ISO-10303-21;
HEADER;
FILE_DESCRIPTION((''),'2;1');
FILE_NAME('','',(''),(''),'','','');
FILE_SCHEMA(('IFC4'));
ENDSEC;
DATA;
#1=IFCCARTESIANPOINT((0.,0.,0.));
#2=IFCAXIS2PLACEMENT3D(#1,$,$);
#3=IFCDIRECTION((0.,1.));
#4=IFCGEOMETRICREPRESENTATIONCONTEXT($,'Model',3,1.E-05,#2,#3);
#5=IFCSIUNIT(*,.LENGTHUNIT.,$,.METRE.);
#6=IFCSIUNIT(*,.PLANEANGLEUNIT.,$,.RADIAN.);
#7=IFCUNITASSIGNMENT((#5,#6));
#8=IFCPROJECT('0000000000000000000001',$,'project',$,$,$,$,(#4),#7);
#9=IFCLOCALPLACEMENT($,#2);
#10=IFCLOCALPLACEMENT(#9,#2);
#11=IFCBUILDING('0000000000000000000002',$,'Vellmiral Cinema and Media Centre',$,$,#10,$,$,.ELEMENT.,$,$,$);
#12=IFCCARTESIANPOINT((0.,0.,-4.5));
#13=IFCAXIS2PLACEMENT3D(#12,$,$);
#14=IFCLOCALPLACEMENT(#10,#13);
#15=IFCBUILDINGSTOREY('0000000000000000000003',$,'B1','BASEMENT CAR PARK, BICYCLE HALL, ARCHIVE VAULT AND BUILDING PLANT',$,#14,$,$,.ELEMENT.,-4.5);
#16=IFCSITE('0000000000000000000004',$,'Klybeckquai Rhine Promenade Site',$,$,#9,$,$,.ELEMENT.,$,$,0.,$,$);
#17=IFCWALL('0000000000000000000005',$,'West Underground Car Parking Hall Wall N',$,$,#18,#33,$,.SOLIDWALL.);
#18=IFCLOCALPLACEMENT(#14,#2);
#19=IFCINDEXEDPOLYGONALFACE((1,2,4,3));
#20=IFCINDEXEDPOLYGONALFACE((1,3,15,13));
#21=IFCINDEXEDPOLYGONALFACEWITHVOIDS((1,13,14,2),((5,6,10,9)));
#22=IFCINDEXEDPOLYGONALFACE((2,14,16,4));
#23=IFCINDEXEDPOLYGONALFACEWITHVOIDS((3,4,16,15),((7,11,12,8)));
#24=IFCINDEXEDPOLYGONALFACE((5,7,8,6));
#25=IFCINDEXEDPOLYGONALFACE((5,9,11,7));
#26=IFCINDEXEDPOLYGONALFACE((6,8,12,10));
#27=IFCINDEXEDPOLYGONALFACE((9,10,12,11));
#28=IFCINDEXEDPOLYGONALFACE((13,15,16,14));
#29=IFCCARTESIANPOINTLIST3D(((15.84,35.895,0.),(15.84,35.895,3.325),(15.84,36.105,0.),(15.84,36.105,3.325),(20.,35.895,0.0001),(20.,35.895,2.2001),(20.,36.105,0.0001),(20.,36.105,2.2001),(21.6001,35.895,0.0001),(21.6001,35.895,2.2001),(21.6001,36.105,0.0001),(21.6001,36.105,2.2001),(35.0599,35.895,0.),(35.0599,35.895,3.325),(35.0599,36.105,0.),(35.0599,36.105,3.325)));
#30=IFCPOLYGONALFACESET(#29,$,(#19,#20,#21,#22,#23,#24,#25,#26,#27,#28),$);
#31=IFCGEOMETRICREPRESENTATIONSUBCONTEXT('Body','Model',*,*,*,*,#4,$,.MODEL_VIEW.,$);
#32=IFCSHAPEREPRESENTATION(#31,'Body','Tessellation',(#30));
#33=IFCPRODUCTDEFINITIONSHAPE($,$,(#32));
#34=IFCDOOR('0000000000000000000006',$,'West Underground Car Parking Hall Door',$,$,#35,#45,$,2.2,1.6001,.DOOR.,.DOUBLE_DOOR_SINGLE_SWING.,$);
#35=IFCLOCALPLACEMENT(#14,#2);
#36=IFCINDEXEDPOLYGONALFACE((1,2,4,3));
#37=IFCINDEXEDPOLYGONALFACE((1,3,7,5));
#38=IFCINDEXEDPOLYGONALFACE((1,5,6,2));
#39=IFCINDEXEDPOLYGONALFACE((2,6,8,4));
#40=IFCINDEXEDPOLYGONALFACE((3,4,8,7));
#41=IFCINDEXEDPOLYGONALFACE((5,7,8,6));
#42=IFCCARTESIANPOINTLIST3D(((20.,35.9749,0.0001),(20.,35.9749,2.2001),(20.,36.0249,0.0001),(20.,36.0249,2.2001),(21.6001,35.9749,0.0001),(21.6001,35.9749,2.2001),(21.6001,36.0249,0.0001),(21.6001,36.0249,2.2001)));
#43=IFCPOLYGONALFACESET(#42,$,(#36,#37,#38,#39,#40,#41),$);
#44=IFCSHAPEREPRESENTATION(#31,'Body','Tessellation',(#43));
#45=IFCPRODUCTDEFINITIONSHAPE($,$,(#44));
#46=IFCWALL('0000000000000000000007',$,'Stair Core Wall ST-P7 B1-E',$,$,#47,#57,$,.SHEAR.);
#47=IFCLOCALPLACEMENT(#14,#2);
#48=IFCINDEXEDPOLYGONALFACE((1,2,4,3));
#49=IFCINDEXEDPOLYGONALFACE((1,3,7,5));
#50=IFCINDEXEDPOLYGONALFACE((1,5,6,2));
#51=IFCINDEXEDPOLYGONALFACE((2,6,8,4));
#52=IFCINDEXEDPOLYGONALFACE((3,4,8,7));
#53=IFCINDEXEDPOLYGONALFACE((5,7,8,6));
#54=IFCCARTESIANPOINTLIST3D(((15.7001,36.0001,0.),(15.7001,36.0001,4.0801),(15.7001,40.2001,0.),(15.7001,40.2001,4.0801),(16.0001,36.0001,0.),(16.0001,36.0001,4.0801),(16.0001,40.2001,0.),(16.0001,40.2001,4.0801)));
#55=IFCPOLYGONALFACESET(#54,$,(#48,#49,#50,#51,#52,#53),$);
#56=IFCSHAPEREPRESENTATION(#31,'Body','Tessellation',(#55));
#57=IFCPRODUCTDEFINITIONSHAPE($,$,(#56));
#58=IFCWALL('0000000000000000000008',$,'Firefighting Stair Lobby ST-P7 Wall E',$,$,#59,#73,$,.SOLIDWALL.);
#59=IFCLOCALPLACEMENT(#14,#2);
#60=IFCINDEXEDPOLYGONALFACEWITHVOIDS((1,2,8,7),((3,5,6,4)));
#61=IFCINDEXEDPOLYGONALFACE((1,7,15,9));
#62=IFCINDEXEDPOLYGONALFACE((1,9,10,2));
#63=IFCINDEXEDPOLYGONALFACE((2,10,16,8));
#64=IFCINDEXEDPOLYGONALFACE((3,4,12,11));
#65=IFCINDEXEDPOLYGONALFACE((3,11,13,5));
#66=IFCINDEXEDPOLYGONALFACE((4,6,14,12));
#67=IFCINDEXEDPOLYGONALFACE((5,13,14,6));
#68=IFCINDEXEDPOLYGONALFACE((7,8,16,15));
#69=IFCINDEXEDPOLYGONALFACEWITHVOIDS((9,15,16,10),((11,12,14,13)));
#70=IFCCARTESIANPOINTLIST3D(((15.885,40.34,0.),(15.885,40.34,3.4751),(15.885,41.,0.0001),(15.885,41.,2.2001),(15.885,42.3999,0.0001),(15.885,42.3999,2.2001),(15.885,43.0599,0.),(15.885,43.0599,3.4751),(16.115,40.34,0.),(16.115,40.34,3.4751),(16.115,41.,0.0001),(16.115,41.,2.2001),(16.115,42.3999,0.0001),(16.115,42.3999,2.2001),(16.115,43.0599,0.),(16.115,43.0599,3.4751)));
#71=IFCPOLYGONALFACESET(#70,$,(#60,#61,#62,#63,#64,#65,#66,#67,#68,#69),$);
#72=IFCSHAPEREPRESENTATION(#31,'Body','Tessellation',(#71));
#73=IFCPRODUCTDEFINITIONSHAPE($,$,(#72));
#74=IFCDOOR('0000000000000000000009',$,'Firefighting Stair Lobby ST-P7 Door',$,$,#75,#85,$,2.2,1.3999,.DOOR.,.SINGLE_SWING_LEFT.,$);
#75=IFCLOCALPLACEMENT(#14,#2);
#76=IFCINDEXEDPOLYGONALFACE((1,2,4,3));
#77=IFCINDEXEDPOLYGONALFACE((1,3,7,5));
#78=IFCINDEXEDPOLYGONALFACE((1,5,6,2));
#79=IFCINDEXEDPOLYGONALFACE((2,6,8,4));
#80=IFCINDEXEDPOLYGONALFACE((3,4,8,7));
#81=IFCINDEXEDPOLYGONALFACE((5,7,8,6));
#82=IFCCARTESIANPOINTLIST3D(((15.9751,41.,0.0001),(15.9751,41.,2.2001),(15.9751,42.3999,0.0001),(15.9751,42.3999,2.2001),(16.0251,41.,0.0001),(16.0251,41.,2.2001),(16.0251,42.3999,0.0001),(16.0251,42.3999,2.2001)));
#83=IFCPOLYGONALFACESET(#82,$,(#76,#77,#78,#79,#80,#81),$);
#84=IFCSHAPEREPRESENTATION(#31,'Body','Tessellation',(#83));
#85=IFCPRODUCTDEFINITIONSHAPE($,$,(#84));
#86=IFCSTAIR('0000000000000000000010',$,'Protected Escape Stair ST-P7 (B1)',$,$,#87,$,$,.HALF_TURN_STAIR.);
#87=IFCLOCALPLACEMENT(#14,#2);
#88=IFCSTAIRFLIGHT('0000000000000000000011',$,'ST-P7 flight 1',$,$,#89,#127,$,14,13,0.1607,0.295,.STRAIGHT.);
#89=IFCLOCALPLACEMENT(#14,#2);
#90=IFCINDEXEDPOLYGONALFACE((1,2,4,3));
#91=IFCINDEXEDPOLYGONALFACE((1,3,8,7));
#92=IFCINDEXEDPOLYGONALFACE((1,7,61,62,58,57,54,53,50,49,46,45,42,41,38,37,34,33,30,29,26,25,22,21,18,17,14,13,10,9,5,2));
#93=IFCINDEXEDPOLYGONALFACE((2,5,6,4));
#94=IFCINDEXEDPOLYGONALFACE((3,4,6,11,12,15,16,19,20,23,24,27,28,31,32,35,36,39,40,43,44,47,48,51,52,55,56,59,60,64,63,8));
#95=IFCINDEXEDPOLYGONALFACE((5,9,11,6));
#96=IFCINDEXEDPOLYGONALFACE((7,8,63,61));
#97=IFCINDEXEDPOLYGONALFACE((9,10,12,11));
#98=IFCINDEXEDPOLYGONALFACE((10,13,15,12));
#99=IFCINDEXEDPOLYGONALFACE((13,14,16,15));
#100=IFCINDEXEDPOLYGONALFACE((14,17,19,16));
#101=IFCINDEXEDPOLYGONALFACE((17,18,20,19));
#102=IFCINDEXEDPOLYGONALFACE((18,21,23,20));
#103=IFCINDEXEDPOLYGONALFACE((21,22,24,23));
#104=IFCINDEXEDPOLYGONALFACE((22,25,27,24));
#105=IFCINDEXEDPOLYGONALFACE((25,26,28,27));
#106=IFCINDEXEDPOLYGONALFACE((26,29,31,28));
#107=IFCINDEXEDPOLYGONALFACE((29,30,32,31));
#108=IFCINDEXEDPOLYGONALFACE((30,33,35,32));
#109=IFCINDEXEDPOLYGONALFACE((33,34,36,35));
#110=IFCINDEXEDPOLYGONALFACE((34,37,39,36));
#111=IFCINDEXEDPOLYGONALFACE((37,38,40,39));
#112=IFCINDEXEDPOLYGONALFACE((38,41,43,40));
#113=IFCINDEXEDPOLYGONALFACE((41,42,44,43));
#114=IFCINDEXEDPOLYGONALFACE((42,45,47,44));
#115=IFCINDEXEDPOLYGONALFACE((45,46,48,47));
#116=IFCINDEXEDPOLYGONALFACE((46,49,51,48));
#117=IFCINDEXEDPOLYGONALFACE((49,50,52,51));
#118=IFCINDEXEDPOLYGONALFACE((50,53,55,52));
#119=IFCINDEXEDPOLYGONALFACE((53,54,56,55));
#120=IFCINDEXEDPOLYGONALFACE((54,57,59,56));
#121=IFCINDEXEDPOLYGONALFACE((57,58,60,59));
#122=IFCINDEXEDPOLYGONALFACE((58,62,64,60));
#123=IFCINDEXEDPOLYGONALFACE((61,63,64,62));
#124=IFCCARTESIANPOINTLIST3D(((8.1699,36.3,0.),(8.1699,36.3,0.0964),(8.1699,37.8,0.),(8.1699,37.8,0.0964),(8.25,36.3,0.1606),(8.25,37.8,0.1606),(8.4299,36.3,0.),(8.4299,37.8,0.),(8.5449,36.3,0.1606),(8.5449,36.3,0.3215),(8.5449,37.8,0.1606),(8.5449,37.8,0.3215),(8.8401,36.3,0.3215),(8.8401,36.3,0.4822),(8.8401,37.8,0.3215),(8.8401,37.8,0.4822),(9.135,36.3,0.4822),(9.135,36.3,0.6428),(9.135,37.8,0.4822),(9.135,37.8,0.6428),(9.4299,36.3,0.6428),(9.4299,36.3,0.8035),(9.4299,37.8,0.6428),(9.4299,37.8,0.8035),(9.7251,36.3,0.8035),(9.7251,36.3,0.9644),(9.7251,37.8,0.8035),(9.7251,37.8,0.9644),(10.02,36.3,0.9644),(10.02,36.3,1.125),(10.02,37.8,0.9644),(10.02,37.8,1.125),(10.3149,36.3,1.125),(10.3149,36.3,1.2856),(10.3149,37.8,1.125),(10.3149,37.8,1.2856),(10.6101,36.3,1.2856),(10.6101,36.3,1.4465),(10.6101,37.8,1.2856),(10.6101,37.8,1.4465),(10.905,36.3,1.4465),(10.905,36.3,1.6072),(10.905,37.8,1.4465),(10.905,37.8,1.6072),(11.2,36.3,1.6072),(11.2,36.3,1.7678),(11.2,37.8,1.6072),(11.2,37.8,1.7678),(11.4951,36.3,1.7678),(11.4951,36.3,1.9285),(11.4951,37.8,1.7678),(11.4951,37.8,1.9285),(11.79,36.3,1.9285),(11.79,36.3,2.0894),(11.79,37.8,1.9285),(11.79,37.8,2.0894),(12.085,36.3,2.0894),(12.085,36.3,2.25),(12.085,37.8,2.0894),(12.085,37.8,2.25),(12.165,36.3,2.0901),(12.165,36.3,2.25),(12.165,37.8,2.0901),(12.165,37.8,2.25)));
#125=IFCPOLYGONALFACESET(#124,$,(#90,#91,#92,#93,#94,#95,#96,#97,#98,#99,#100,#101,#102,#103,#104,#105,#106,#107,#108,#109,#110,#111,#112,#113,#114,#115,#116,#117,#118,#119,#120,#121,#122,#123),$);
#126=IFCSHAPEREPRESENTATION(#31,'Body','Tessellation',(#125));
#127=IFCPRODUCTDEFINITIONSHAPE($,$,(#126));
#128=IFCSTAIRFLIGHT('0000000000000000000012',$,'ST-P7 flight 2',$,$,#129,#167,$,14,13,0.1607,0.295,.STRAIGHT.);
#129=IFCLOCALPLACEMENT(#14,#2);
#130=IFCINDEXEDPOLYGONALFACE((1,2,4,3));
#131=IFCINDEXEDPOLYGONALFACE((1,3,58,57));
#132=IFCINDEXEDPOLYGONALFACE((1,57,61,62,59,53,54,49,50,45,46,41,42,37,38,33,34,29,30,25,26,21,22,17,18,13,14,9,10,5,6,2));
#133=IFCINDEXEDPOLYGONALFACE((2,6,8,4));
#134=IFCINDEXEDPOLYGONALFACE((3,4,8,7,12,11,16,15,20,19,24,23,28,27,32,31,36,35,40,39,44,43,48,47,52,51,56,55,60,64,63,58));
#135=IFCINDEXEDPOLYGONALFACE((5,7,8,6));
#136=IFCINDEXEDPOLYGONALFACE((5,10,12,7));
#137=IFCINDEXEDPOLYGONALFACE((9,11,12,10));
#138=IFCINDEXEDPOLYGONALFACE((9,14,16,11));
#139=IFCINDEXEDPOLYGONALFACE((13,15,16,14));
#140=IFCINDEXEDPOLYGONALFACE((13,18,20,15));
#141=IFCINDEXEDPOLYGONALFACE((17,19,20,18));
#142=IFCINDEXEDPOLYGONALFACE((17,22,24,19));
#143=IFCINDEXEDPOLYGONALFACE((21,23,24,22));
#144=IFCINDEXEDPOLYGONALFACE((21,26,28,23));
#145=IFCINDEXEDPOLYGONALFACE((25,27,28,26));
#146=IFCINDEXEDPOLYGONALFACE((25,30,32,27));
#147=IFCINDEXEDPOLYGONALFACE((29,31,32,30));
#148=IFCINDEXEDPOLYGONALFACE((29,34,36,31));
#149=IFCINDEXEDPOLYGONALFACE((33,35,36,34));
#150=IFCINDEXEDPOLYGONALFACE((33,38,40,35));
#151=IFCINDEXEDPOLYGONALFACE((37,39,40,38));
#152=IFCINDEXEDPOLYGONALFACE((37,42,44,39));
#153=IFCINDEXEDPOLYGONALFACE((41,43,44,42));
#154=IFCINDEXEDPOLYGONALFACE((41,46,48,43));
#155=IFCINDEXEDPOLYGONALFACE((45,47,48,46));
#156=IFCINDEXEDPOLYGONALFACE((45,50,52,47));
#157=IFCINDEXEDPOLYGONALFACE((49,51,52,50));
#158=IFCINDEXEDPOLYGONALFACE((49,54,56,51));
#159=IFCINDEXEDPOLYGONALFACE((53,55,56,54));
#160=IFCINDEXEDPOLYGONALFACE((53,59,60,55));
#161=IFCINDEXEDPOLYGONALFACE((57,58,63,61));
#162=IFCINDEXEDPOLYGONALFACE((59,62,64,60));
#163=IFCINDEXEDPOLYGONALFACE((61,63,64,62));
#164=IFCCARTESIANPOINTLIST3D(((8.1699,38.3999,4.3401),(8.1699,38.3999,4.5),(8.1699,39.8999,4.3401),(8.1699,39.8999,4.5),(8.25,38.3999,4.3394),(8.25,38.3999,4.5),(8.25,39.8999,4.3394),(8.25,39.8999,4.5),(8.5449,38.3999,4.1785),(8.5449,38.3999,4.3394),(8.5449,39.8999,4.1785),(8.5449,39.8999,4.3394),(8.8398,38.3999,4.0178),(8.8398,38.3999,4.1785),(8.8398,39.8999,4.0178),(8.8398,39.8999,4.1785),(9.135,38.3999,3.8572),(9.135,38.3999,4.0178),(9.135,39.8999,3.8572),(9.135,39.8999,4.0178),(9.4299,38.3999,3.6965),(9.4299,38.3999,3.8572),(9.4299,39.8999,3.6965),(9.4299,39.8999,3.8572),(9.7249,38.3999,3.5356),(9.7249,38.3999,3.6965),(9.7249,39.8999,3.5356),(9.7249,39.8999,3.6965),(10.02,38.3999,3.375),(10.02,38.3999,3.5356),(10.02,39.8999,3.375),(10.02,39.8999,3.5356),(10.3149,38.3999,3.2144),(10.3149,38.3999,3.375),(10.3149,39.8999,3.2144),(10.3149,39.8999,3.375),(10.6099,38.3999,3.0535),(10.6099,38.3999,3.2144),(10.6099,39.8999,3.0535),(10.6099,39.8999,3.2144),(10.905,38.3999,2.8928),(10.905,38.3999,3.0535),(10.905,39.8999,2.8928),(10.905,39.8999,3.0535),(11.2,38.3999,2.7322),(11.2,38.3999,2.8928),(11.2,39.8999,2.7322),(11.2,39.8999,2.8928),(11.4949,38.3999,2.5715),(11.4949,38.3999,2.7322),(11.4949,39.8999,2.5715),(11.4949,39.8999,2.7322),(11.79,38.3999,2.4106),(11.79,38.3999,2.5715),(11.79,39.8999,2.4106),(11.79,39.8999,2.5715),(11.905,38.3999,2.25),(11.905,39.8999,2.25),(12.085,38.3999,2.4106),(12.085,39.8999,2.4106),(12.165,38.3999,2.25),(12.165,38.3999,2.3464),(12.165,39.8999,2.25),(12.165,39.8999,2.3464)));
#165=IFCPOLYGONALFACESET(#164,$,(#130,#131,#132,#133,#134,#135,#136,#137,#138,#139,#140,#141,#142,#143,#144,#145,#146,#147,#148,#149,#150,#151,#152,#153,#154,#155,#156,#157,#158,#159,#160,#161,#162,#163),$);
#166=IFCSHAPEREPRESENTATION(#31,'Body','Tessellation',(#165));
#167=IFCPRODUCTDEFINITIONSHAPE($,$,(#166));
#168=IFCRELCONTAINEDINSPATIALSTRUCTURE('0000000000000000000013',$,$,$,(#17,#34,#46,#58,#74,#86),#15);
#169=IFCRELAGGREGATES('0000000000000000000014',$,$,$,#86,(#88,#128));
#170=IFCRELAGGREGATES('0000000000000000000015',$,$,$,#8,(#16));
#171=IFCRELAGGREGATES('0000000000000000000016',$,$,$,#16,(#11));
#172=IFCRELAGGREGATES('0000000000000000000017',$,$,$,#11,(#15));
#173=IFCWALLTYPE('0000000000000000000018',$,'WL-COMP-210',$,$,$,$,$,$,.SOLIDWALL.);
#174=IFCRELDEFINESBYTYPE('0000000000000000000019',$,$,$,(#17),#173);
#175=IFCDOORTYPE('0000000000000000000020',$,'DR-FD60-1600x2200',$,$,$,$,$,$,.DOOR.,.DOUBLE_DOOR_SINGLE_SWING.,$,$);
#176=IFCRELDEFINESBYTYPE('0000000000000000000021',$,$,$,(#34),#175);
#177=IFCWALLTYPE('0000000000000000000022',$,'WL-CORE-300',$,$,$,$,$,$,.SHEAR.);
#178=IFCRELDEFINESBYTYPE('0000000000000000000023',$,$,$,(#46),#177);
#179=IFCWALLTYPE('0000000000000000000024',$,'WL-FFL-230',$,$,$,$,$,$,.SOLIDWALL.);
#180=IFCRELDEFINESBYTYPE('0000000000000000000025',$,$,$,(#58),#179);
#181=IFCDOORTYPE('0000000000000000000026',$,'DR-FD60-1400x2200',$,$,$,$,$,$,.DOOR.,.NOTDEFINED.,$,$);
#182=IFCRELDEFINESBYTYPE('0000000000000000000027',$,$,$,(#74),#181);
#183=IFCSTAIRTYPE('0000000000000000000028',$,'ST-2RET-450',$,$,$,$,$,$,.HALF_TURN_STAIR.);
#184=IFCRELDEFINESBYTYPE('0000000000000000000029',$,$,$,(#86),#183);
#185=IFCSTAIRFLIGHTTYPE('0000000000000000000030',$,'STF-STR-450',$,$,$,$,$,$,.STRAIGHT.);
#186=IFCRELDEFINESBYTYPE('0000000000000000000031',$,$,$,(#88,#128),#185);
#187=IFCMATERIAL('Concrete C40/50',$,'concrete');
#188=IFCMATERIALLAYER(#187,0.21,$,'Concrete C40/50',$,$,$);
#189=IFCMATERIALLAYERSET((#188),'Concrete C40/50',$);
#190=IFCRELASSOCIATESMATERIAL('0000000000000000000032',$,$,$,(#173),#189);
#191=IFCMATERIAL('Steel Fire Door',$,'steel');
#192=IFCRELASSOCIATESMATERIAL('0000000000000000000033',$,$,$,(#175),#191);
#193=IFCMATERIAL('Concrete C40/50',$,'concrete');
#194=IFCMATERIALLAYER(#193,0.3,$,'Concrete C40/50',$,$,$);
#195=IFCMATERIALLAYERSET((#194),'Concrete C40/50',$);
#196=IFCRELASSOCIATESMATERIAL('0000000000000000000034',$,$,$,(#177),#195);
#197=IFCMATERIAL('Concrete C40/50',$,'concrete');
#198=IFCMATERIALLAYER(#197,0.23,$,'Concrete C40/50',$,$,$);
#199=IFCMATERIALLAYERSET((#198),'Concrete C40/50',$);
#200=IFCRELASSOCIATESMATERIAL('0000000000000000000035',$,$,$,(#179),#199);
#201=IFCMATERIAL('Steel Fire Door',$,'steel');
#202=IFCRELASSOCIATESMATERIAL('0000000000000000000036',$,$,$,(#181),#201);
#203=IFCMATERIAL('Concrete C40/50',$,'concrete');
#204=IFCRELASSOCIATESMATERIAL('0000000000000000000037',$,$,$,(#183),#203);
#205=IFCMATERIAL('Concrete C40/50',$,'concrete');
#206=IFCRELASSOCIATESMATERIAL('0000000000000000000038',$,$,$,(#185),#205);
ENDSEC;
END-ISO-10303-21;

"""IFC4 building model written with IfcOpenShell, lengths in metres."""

from ifc_helpers import new_model, si_unit, direction, frame, frame_2d, origin, place, context, subcontext, project, spatial, polyline, rectangle, outline, extrude, material, layer, layer_set, type_object, element, fill, aggregate, save


model = new_model("IFC4")

# Units and contexts
model_context = context("Model", 3, precision=1e-05, world=origin(), true_north=direction((0.0, 1.0)))
body_context = subcontext(model_context, "Body", "Model", "MODEL_VIEW")
ifc_project = project(units=[si_unit("LENGTHUNIT", "METRE"), si_unit("PLANEANGLEUNIT", "RADIAN")], contexts=[model_context])

# Site, building, storey
site_placement = place(None, origin())
site = spatial("IfcSite", under=ifc_project, at=site_placement, Name="Klybeckquai Rhine Promenade Site", CompositionType="ELEMENT", RefElevation=0.0)
building_placement = place(site_placement, origin())
building = spatial("IfcBuilding", under=site, at=building_placement, Name="Vellmiral Cinema and Media Centre", CompositionType="ELEMENT")
storey_placement = place(building_placement, frame((0.0, 0.0, -4.5)))
storey = spatial("IfcBuildingStorey", under=building, at=storey_placement, Name="B1", Description="BASEMENT CAR PARK, BICYCLE HALL, ARCHIVE VAULT AND BUILDING PLANT", CompositionType="ELEMENT", Elevation=-4.5)

# Wall, opening, door
ifc_material_1 = material(Name="Concrete C40/50", Category="concrete")
ifc_layer_1 = layer(ifc_material_1, 0.21, Name="Concrete C40/50")
ifc_layer_set_1 = layer_set([ifc_layer_1], Name="Concrete C40/50")
wall_type_1 = type_object("IfcWallType", Name="WL-COMP-210", PredefinedType="SOLIDWALL", material=ifc_layer_set_1)
wall_1_placement = place(storey_placement, frame((15.8401, 36.0, 0.0), z_axis=(0.0, 0.0, 1.0), x_axis=(1.0, 0.0, 0.0)))
wall_1 = element("IfcWall", 1, at=wall_1_placement, inside=storey, type_object=wall_type_1, Name="West Underground Car Parking Hall Wall N", PredefinedType="SOLIDWALL", context=body_context, shape_type="SweptSolid", body=[
    extrude(rectangle(XDim=19.22, YDim=0.21, at=frame_2d((9.6099, 0.0))), origin(), (0.0, 0.0, 1.0), 3.325),
])
opening_1_placement = place(wall_1_placement, frame((4.1599, 0.0, 0.0)))
opening_1 = element("IfcOpeningElement", 2, at=opening_1_placement, cuts=wall_1, PredefinedType="OPENING", context=body_context, shape_type="SweptSolid", body=[
    extrude(rectangle(XDim=1.6001, YDim=2.2, at=frame_2d((0.8, 1.1001))), frame((0.0, 0.1169, 0.0), z_axis=(0.0, -1.0, 0.0), x_axis=(1.0, 0.0, 0.0)), (0.0, 0.0, 1.0), 0.2339),
])
ifc_material_2 = material(Name="Steel Fire Door", Category="steel")
door_type_1 = type_object("IfcDoorType", Name="DR-FD60-1600x2200", OperationType="DOUBLE_DOOR_SINGLE_SWING", PredefinedType="DOOR", material=ifc_material_2)
door_1_placement = place(opening_1_placement, origin())
door_1 = element("IfcDoor", 3, at=door_1_placement, inside=storey, type_object=door_type_1, Name="West Underground Car Parking Hall Door", OperationType="DOUBLE_DOOR_SINGLE_SWING", OverallHeight=2.2, OverallWidth=1.6001, PredefinedType="DOOR", context=body_context, shape_type="SweptSolid", body=[
    extrude(rectangle(XDim=1.6001, YDim=2.2, at=frame_2d((0.8, 1.1001))), frame((0.0, 0.0249, 0.0), z_axis=(0.0, -1.0, 0.0), x_axis=(1.0, 0.0, 0.0)), (0.0, 0.0, 1.0), 0.05),
])
fill(opening_1, door_1)

# Wall
ifc_material_3 = material(Name="Concrete C40/50", Category="concrete")
ifc_layer_2 = layer(ifc_material_3, 0.3, Name="Concrete C40/50")
ifc_layer_set_2 = layer_set([ifc_layer_2], Name="Concrete C40/50")
wall_type_2 = type_object("IfcWallType", Name="WL-CORE-300", PredefinedType="SHEAR", material=ifc_layer_set_2)
wall_2_placement = place(storey_placement, frame((15.8501, 36.0, 0.0), z_axis=(0.0, 0.0, 1.0), x_axis=(0.0, 1.0, 0.0)))
element("IfcWall", 4, at=wall_2_placement, inside=storey, type_object=wall_type_2, Name="Stair Core Wall ST-P7 B1-E", PredefinedType="SHEAR", context=body_context, shape_type="SweptSolid", body=[
    extrude(rectangle(XDim=4.2, YDim=0.3, at=frame_2d((2.1001, 0.0))), origin(), (0.0, 0.0, 1.0), 4.0801),
])

# Wall, opening, door
ifc_material_4 = material(Name="Concrete C40/50", Category="concrete")
ifc_layer_3 = layer(ifc_material_4, 0.23, Name="Concrete C40/50")
ifc_layer_set_3 = layer_set([ifc_layer_3], Name="Concrete C40/50")
wall_type_3 = type_object("IfcWallType", Name="WL-FFL-230", PredefinedType="SOLIDWALL", material=ifc_layer_set_3)
wall_3_placement = place(storey_placement, frame((16.0, 40.3401, 0.0), z_axis=(0.0, 0.0, 1.0), x_axis=(0.0, 1.0, 0.0)))
wall_3 = element("IfcWall", 5, at=wall_3_placement, inside=storey, type_object=wall_type_3, Name="Firefighting Stair Lobby ST-P7 Wall E", PredefinedType="SOLIDWALL", context=body_context, shape_type="SweptSolid", body=[
    extrude(rectangle(XDim=2.72, YDim=0.23, at=frame_2d((1.3599, 0.0))), origin(), (0.0, 0.0, 1.0), 3.4751),
])
opening_2_placement = place(wall_3_placement, frame((0.6599, 0.0, 0.0)))
opening_2 = element("IfcOpeningElement", 6, at=opening_2_placement, cuts=wall_3, PredefinedType="OPENING", context=body_context, shape_type="SweptSolid", body=[
    extrude(rectangle(XDim=1.3999, YDim=2.2, at=frame_2d((0.7, 1.1001))), frame((0.0, 0.127, 0.0), z_axis=(0.0, -1.0, 0.0), x_axis=(1.0, 0.0, 0.0)), (0.0, 0.0, 1.0), 0.2539),
])
ifc_material_5 = material(Name="Steel Fire Door", Category="steel")
door_type_2 = type_object("IfcDoorType", Name="DR-FD60-1400x2200", OperationType="NOTDEFINED", PredefinedType="DOOR", material=ifc_material_5)
door_2_placement = place(opening_2_placement, origin())
door_2 = element("IfcDoor", 7, at=door_2_placement, inside=storey, type_object=door_type_2, Name="Firefighting Stair Lobby ST-P7 Door", OperationType="SINGLE_SWING_LEFT", OverallHeight=2.2, OverallWidth=1.3999, PredefinedType="DOOR", context=body_context, shape_type="SweptSolid", body=[
    extrude(rectangle(XDim=1.3999, YDim=2.2, at=frame_2d((0.7, 1.1001))), frame((0.0, 0.0249, 0.0), z_axis=(0.0, -1.0, 0.0), x_axis=(1.0, 0.0, 0.0)), (0.0, 0.0, 1.0), 0.05),
])
fill(opening_2, door_2)

# Stair, stair flights
ifc_material_6 = material(Name="Concrete C40/50", Category="concrete")
stair_type = type_object("IfcStairType", Name="ST-2RET-450", PredefinedType="HALF_TURN_STAIR", material=ifc_material_6)
stair_placement = place(storey_placement, origin())
stair = element("IfcStair", 8, at=stair_placement, inside=storey, type_object=stair_type, Name="Protected Escape Stair ST-P7 (B1)", PredefinedType="HALF_TURN_STAIR")
ifc_material_7 = material(Name="Concrete C40/50", Category="concrete")
stair_flight_type = type_object("IfcStairFlightType", Name="STF-STR-450", PredefinedType="STRAIGHT", material=ifc_material_7)
stair_flight_1_placement = place(storey_placement, frame((8.25, 37.05, 0.0), z_axis=(0.0, 0.0, 1.0), x_axis=(1.0, 0.0, 0.0)))
stair_flight_1 = element("IfcStairFlight", 9, at=stair_flight_1_placement, type_object=stair_flight_type, Name="ST-P7 flight 1", NumberOfRisers=14, NumberOfTreads=13, PredefinedType="STRAIGHT", RiserHeight=0.1607, TreadLength=0.295, context=body_context, shape_type="SweptSolid", body=[
    extrude(outline(polyline([(-0.0801, 0.0), (-0.0801, 0.0964), (0.0, 0.1606), (0.2949, 0.1606), (0.2949, 0.3215), (0.5901, 0.3215), (0.5901, 0.4822), (0.885, 0.4822), (0.885, 0.6428), (1.1799, 0.6428), (1.1799, 0.8035), (1.4751, 0.8035), (1.4751, 0.9644), (1.77, 0.9644), (1.77, 1.125), (2.0649, 1.125), (2.0649, 1.2856), (2.3601, 1.2856), (2.3601, 1.4465), (2.655, 1.4465), (2.655, 1.6072), (2.95, 1.6072), (2.95, 1.7678), (3.2451, 1.7678), (3.2451, 1.9285), (3.54, 1.9285), (3.54, 2.0894), (3.835, 2.0894), (3.835, 2.25), (3.915, 2.25), (3.915, 2.0901), (0.1799, 0.0), (-0.0801, 0.0)])), frame((0.0, 0.75, 0.0), z_axis=(0.0, -1.0, 0.0), x_axis=(1.0, 0.0, 0.0)), (0.0, 0.0, 1.0), 1.5),
])
stair_flight_2_placement = place(storey_placement, frame((12.085, 39.1499, 2.25), z_axis=(0.0, 0.0, 1.0), x_axis=(-1.0, 0.0, 0.0)))
stair_flight_2 = element("IfcStairFlight", 10, at=stair_flight_2_placement, type_object=stair_flight_type, Name="ST-P7 flight 2", NumberOfRisers=14, NumberOfTreads=13, PredefinedType="STRAIGHT", RiserHeight=0.1607, TreadLength=0.295, context=body_context, shape_type="SweptSolid", body=[
    extrude(outline(polyline([(-0.0801, 0.0), (-0.0801, 0.0964), (0.0, 0.1606), (0.2949, 0.1606), (0.2949, 0.3215), (0.5901, 0.3215), (0.5901, 0.4822), (0.885, 0.4822), (0.885, 0.6428), (1.1799, 0.6428), (1.1799, 0.8035), (1.4751, 0.8035), (1.4751, 0.9644), (1.77, 0.9644), (1.77, 1.125), (2.0649, 1.125), (2.0649, 1.2856), (2.3601, 1.2856), (2.3601, 1.4465), (2.655, 1.4465), (2.655, 1.6072), (2.95, 1.6072), (2.95, 1.7678), (3.2451, 1.7678), (3.2451, 1.9285), (3.54, 1.9285), (3.54, 2.0894), (3.835, 2.0894), (3.835, 2.25), (3.915, 2.25), (3.915, 2.0901), (0.1799, 0.0), (-0.0801, 0.0)])), frame((0.0, 0.75, 0.0), z_axis=(0.0, -1.0, 0.0), x_axis=(1.0, 0.0, 0.0)), (0.0, 0.0, 1.0), 1.5),
])
aggregate(stair, [stair_flight_1, stair_flight_2])

save(model, "model.ifc")
